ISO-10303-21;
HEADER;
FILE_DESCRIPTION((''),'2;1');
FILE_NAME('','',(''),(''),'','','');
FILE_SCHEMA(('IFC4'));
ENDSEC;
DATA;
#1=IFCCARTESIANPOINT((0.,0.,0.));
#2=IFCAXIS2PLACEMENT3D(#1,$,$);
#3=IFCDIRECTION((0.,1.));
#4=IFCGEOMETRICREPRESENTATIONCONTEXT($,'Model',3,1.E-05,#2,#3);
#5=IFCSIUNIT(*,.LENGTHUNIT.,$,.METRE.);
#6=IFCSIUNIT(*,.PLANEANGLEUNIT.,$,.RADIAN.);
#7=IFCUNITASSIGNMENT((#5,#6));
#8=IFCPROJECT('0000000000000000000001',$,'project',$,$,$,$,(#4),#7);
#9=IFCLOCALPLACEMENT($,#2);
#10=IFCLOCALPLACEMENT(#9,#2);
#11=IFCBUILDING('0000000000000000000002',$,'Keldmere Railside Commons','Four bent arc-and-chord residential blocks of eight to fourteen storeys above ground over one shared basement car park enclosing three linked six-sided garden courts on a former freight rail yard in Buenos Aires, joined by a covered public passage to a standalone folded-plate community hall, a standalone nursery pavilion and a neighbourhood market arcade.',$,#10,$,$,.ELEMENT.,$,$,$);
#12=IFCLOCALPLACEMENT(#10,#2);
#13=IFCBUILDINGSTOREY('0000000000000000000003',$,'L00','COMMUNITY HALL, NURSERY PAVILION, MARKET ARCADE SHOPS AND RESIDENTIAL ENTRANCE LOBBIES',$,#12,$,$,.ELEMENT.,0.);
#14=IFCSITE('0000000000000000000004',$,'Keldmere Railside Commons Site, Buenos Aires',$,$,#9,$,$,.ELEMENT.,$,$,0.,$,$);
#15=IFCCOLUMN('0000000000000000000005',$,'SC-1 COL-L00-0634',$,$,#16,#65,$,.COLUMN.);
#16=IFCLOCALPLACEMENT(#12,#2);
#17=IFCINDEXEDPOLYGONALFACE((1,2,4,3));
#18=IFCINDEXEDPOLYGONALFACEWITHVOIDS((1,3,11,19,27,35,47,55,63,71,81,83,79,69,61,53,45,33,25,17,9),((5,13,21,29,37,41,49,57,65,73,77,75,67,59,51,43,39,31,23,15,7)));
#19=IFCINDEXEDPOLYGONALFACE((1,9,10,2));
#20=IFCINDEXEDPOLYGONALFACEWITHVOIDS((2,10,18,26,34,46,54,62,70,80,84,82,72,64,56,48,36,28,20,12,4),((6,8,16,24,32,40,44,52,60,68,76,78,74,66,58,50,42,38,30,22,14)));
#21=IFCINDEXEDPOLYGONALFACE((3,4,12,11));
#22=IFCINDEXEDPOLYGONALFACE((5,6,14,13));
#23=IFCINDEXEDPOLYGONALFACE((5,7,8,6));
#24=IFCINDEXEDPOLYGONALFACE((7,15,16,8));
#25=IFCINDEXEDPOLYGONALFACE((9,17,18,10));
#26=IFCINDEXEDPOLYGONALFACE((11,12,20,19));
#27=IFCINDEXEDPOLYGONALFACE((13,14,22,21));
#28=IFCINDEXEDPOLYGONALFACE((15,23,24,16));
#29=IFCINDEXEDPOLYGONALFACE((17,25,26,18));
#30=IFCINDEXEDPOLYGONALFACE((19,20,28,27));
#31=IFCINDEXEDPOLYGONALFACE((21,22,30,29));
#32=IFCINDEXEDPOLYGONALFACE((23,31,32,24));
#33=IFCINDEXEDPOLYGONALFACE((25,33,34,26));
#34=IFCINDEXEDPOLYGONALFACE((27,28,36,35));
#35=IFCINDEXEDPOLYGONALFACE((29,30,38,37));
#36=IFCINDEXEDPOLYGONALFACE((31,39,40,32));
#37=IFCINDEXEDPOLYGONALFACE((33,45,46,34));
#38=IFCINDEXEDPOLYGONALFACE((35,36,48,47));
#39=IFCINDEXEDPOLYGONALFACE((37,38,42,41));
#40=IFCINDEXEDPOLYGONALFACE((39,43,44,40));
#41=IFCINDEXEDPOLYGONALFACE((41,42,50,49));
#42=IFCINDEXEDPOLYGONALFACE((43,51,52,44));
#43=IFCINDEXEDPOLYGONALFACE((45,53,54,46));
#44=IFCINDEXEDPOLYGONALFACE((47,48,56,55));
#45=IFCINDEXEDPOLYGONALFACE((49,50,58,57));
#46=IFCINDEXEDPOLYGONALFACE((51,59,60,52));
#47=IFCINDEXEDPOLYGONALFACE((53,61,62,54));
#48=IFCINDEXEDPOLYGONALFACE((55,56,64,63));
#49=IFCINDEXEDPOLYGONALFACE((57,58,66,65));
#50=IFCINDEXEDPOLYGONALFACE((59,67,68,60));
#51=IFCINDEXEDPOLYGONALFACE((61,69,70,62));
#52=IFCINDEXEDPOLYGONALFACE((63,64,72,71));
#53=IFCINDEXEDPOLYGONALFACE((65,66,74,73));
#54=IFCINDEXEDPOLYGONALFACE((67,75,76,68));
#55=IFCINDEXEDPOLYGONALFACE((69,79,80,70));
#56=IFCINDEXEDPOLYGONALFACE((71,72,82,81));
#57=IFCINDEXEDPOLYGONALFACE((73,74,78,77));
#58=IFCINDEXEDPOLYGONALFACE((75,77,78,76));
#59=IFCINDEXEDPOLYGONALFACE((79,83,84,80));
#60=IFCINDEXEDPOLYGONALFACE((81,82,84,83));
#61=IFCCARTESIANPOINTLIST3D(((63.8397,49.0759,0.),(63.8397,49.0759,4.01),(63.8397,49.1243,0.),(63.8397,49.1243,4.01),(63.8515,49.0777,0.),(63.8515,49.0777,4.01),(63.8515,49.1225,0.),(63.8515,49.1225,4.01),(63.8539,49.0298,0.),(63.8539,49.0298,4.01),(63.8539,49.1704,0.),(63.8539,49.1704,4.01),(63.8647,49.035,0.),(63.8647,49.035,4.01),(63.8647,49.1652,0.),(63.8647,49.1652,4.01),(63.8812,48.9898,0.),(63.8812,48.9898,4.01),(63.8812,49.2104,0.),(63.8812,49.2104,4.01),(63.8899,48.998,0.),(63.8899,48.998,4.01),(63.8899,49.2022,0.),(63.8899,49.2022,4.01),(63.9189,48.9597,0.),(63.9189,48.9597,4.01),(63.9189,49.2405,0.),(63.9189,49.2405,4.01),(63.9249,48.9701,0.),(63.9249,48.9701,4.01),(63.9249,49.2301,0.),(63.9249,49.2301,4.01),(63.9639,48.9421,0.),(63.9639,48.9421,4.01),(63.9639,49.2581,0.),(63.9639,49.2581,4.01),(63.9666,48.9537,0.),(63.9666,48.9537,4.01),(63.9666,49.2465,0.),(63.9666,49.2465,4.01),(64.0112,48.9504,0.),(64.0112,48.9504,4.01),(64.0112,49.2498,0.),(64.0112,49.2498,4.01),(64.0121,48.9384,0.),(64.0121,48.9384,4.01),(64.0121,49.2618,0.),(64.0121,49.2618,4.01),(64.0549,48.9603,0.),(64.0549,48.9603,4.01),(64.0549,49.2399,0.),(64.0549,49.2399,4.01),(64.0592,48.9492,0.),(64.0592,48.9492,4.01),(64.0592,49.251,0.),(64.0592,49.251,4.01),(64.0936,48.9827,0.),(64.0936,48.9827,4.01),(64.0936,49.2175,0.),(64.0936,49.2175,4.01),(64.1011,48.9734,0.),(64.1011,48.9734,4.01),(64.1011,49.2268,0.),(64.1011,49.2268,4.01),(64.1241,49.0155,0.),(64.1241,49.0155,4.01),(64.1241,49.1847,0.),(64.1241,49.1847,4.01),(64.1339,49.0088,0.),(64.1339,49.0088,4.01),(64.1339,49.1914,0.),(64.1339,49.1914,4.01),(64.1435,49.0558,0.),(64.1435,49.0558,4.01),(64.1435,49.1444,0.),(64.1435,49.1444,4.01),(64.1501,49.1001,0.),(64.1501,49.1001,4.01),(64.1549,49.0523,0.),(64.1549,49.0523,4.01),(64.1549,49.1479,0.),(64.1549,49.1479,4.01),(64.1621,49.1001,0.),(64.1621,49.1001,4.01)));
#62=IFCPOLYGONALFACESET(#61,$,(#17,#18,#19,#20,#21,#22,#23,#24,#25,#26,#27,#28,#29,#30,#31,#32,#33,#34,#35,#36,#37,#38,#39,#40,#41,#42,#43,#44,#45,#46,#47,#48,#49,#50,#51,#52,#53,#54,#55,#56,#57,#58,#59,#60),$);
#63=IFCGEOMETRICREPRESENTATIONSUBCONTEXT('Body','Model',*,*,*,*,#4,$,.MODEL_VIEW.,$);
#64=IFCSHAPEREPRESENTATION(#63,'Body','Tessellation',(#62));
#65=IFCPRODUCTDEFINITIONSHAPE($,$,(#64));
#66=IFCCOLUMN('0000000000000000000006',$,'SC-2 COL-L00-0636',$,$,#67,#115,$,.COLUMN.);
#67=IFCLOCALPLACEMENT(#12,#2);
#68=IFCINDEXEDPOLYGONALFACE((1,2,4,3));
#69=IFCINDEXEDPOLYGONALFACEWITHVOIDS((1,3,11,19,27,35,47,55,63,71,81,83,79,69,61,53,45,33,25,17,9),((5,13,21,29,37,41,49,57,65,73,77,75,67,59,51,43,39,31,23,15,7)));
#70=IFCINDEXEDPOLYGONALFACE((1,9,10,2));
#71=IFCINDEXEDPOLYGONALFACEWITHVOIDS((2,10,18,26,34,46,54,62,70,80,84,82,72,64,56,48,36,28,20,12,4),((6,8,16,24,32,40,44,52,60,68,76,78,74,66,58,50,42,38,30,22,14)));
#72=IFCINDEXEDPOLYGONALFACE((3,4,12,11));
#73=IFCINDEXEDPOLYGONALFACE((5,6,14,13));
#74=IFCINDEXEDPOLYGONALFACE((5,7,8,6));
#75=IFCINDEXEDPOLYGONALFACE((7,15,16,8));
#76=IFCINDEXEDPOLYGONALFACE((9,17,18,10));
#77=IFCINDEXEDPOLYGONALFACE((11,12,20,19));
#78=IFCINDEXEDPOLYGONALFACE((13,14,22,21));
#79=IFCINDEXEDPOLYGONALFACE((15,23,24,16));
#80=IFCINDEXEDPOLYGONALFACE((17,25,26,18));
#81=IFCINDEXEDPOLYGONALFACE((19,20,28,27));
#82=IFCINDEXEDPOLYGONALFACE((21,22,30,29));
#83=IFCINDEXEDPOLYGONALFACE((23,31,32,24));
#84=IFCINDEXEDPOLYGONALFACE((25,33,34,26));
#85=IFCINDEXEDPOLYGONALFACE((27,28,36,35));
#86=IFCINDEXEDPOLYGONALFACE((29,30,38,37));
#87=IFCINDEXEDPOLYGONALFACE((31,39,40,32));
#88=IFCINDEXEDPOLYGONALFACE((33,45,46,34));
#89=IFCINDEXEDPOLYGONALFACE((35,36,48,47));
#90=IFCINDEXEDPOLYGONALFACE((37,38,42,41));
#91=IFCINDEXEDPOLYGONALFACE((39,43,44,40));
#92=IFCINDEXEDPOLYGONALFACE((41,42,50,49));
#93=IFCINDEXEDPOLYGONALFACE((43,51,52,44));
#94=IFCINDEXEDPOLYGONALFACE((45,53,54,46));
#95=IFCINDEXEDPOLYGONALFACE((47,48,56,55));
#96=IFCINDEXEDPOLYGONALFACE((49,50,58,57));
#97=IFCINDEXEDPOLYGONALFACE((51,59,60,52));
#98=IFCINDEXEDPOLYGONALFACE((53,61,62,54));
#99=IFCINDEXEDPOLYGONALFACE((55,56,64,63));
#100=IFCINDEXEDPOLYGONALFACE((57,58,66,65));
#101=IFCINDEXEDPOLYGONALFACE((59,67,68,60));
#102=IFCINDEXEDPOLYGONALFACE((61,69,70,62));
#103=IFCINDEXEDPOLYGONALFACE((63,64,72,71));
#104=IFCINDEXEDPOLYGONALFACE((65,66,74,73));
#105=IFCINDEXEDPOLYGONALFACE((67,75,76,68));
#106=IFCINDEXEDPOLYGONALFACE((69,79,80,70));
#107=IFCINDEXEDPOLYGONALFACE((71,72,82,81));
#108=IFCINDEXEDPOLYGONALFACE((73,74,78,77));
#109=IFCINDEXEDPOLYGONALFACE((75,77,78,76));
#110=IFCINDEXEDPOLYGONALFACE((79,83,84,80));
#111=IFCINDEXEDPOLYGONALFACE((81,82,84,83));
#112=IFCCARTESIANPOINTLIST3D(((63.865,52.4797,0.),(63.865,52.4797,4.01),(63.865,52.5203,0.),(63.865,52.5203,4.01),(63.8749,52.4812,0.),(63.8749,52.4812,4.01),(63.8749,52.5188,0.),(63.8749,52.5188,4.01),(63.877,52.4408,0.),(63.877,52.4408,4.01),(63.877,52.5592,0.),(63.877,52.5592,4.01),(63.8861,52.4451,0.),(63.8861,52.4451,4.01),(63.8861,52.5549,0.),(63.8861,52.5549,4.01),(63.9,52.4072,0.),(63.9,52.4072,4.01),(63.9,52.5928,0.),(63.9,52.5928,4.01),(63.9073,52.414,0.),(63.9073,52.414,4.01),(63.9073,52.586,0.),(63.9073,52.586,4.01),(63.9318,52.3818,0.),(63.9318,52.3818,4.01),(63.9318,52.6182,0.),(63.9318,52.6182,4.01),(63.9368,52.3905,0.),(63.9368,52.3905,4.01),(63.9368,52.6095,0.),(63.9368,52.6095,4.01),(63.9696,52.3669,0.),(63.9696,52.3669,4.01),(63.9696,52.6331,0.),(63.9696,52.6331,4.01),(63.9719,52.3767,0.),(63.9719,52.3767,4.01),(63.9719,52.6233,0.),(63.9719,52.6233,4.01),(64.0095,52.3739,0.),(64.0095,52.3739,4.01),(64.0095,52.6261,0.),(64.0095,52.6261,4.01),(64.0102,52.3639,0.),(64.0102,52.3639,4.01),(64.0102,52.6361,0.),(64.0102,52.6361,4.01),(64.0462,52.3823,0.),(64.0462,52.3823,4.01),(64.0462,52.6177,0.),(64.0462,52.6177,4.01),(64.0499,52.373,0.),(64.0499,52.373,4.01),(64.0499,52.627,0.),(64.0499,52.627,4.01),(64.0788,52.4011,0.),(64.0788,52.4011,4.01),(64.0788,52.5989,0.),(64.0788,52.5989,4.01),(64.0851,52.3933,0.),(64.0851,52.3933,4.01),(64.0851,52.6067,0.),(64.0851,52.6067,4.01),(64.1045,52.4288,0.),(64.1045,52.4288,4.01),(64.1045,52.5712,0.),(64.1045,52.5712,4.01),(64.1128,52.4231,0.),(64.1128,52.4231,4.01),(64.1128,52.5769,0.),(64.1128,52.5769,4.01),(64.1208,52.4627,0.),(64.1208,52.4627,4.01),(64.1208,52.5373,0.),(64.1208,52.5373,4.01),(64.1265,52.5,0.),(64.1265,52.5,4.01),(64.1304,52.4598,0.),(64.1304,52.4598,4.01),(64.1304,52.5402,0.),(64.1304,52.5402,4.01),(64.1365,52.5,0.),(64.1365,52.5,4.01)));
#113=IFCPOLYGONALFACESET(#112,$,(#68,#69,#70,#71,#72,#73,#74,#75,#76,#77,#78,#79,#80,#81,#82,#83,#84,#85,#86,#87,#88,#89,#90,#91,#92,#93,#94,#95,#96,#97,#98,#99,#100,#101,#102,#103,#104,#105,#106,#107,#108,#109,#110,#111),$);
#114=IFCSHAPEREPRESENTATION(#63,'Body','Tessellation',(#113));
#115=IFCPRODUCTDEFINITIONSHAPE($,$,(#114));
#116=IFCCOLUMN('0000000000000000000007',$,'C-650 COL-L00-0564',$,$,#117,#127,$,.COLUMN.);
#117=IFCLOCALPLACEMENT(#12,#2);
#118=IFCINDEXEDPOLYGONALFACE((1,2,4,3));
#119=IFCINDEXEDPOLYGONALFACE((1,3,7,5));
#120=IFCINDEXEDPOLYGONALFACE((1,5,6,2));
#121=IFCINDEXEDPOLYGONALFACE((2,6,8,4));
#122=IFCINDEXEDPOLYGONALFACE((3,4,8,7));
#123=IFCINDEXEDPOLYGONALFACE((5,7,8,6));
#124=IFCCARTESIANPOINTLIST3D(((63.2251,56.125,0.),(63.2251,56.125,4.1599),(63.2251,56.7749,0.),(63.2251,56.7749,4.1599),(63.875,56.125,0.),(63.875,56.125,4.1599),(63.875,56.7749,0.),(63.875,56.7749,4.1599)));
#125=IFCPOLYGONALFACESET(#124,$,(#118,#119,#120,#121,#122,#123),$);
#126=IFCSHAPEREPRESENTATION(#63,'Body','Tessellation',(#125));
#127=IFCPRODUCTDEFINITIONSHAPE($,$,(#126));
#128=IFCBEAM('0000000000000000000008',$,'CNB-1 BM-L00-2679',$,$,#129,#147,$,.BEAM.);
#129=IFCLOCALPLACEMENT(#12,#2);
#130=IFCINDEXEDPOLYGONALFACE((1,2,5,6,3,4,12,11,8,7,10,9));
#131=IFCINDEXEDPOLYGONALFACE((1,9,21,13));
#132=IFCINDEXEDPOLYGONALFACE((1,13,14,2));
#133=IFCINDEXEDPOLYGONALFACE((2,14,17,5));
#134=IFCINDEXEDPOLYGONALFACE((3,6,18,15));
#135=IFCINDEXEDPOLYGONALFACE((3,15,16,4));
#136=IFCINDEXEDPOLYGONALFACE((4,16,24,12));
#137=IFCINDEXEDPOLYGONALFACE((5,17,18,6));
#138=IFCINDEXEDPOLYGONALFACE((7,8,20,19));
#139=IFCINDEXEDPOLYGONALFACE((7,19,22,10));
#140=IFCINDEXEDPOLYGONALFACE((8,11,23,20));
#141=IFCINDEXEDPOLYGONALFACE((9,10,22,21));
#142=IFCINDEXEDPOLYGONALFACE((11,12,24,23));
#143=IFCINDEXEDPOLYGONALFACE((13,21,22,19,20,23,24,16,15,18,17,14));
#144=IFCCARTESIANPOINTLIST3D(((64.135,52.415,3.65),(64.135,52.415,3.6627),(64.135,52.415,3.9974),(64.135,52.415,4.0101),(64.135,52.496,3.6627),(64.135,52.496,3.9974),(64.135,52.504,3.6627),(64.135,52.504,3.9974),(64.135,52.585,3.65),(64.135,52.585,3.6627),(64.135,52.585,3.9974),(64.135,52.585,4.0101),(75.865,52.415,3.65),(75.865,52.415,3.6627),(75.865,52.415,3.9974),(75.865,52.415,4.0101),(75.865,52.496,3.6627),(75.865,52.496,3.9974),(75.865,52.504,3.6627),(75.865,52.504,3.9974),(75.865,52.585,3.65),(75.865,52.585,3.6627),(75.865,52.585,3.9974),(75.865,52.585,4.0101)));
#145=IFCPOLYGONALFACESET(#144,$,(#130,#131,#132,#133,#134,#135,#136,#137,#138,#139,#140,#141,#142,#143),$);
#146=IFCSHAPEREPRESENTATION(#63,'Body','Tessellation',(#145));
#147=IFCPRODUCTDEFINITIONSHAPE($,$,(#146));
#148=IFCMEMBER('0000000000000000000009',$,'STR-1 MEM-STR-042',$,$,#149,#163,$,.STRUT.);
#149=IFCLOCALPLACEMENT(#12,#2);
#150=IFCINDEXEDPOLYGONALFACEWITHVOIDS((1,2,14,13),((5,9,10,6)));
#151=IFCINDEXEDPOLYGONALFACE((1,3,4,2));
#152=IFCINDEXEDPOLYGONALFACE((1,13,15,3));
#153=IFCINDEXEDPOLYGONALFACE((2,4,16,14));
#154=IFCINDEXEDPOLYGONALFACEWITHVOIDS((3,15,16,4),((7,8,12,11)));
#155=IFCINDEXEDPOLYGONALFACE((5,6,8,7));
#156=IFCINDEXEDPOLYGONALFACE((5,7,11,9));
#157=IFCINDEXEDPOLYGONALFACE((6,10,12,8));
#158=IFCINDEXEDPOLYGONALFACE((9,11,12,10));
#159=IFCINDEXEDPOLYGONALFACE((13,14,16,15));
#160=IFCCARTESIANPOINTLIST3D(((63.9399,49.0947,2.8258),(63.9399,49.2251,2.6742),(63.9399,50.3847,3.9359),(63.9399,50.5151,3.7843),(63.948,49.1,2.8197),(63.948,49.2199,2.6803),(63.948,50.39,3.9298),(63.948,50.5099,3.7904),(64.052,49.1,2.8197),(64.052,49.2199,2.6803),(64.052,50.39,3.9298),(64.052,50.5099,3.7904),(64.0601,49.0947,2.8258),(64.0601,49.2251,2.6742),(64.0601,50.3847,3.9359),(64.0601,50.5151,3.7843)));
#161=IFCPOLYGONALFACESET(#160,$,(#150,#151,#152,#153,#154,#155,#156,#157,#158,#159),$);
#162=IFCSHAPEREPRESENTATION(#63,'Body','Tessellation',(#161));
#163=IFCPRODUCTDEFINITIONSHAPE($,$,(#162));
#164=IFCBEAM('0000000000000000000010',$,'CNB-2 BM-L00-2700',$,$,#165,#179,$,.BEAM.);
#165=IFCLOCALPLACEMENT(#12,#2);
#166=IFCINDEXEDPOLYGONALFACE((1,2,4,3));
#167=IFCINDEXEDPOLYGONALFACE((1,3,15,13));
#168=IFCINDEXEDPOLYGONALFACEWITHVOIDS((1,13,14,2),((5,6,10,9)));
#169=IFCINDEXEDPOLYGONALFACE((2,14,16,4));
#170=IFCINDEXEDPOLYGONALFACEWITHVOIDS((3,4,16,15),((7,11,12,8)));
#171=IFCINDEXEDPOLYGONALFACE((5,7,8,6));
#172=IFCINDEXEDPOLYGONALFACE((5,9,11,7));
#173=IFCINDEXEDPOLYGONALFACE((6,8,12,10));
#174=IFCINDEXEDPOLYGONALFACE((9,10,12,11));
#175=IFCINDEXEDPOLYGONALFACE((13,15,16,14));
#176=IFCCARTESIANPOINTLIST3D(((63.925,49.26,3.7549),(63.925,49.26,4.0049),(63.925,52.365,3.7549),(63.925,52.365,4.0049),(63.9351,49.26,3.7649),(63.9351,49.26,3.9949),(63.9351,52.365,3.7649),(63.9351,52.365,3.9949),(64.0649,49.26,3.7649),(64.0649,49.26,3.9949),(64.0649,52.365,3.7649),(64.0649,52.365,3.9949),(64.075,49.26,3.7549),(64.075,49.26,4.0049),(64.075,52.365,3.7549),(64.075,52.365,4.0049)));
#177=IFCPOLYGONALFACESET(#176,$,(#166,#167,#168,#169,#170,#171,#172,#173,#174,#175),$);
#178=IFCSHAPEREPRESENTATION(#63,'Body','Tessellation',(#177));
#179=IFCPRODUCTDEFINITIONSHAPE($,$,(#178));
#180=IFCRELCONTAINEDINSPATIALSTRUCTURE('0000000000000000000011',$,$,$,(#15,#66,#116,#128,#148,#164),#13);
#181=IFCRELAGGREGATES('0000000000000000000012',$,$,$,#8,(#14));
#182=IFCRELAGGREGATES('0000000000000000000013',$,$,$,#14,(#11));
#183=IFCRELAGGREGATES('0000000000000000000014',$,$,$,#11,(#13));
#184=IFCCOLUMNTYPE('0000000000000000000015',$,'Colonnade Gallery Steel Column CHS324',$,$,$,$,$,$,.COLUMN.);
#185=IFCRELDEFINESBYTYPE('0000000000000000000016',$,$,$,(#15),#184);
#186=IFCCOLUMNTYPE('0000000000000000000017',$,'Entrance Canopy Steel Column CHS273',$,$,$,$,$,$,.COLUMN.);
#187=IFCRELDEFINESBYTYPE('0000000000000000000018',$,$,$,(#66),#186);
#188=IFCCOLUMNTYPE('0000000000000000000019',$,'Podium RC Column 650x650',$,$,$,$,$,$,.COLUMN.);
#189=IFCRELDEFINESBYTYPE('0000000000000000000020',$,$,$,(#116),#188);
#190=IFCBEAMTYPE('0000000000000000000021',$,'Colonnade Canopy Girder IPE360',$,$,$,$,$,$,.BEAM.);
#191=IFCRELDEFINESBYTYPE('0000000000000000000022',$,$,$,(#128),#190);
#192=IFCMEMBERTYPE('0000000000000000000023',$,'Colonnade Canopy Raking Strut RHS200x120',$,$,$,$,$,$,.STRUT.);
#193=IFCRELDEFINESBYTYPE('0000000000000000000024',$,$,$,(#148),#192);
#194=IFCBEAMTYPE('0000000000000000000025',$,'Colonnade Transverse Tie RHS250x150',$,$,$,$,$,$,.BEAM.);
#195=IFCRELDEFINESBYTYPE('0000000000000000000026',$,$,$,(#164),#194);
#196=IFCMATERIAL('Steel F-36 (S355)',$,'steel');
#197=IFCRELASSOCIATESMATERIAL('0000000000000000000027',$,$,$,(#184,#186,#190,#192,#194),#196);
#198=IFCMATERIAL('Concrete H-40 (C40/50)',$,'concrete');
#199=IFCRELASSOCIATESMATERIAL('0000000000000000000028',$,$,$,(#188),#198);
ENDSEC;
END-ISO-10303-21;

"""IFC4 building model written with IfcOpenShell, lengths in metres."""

from ifc_helpers import new_model, si_unit, direction, frame, origin, origin_2d, place, context, subcontext, project, spatial, rectangle, hollow_rectangle, hollow_circle, i_section, extrude, material, material_profile, profile_set, type_object, element, save


model = new_model("IFC4")

# Units and contexts
model_context = context("Model", 3, precision=1e-05, world=origin(), true_north=direction((0.0, 1.0)))
body_context = subcontext(model_context, "Body", "Model", "MODEL_VIEW")
ifc_project = project(units=[si_unit("LENGTHUNIT", "METRE"), si_unit("PLANEANGLEUNIT", "RADIAN")], contexts=[model_context])

# Site, building, storey
site_placement = place(None, origin())
site = spatial("IfcSite", under=ifc_project, at=site_placement, Name="Keldmere Railside Commons Site, Buenos Aires", CompositionType="ELEMENT", RefElevation=0.0)
building_placement = place(site_placement, origin())
building = spatial("IfcBuilding", under=site, at=building_placement, Name="Keldmere Railside Commons", Description="Four bent arc-and-chord residential blocks of eight to fourteen storeys above ground over one shared basement car park enclosing three linked six-sided garden courts on a former freight rail yard in Buenos Aires, joined by a covered public passage to a standalone folded-plate community hall, a standalone nursery pavilion and a neighbourhood market arcade.", CompositionType="ELEMENT")
storey_placement = place(building_placement, origin())
storey = spatial("IfcBuildingStorey", under=building, at=storey_placement, Name="L00", Description="COMMUNITY HALL, NURSERY PAVILION, MARKET ARCADE SHOPS AND RESIDENTIAL ENTRANCE LOBBIES", CompositionType="ELEMENT", Elevation=0.0)

# Columns
ifc_material_1 = material(Name="Steel F-36 (S355)", Category="steel")
ifc_material_profile_1 = material_profile(ifc_material_1, hollow_circle(Radius=0.1621, WallThickness=0.012, at=origin_2d()), Name="CHS-324x12")
ifc_profile_set_1 = profile_set([ifc_material_profile_1], Name="Steel F-36 (S355)")
column_type_1 = type_object("IfcColumnType", Name="Colonnade Gallery Steel Column CHS324", PredefinedType="COLUMN", material=ifc_profile_set_1)
column_1_placement = place(storey_placement, frame((64.0, 49.1001, 0.0), z_axis=(0.0, 0.0, 1.0), x_axis=(1.0, 0.0, 0.0)))
element("IfcColumn", 1, at=column_1_placement, inside=storey, type_object=column_type_1, Name="SC-1 COL-L00-0634", PredefinedType="COLUMN", context=body_context, shape_type="SweptSolid", body=[
    extrude(hollow_circle(Radius=0.1621, WallThickness=0.012, at=origin_2d()), origin(), (0.0, 0.0, 1.0), 4.01),
])
ifc_material_profile_2 = material_profile(ifc_material_1, hollow_circle(Radius=0.1365, WallThickness=0.01, at=origin_2d()), Name="CHS-273x10")
ifc_profile_set_2 = profile_set([ifc_material_profile_2], Name="Steel F-36 (S355)")
column_type_2 = type_object("IfcColumnType", Name="Entrance Canopy Steel Column CHS273", PredefinedType="COLUMN", material=ifc_profile_set_2)
column_2_placement = place(storey_placement, frame((64.0, 52.5, 0.0), z_axis=(0.0, 0.0, 1.0), x_axis=(1.0, 0.0, 0.0)))
element("IfcColumn", 2, at=column_2_placement, inside=storey, type_object=column_type_2, Name="SC-2 COL-L00-0636", PredefinedType="COLUMN", context=body_context, shape_type="SweptSolid", body=[
    extrude(hollow_circle(Radius=0.1365, WallThickness=0.01, at=origin_2d()), origin(), (0.0, 0.0, 1.0), 4.01),
])
ifc_material_2 = material(Name="Concrete H-40 (C40/50)", Category="concrete")
ifc_material_profile_3 = material_profile(ifc_material_2, rectangle(XDim=0.6499, YDim=0.6499, at=origin_2d()), Name="RC-650x650")
ifc_profile_set_3 = profile_set([ifc_material_profile_3], Name="Concrete H-40 (C40/50)")
column_type_3 = type_object("IfcColumnType", Name="Podium RC Column 650x650", PredefinedType="COLUMN", material=ifc_profile_set_3)
column_3_placement = place(storey_placement, frame((63.55, 56.45, 0.0), z_axis=(0.0, 0.0, 1.0), x_axis=(1.0, 0.0, 0.0)))
element("IfcColumn", 3, at=column_3_placement, inside=storey, type_object=column_type_3, Name="C-650 COL-L00-0564", PredefinedType="COLUMN", context=body_context, shape_type="SweptSolid", body=[
    extrude(rectangle(XDim=0.6499, YDim=0.6499, at=origin_2d()), origin(), (0.0, 0.0, 1.0), 4.1599),
])

# Beam
ifc_material_profile_4 = material_profile(ifc_material_1, i_section(OverallWidth=0.1699, OverallDepth=0.3601, WebThickness=0.0081, FlangeThickness=0.0127, at=origin_2d()), Name="IPE-360")
ifc_profile_set_4 = profile_set([ifc_material_profile_4], Name="Steel F-36 (S355)")
beam_type_1 = type_object("IfcBeamType", Name="Colonnade Canopy Girder IPE360", PredefinedType="BEAM", material=ifc_profile_set_4)
beam_1_placement = place(storey_placement, frame((64.135, 52.5, 3.8301), z_axis=(1.0, 0.0, 0.0), x_axis=(0.0, 1.0, 0.0)))
element("IfcBeam", 4, at=beam_1_placement, inside=storey, type_object=beam_type_1, Name="CNB-1 BM-L00-2679", PredefinedType="BEAM", context=body_context, shape_type="SweptSolid", body=[
    extrude(i_section(OverallWidth=0.1699, OverallDepth=0.3601, WebThickness=0.0081, FlangeThickness=0.0127, at=origin_2d()), origin(), (0.0, 0.0, 1.0), 11.73),
])

# Member
ifc_material_profile_5 = material_profile(ifc_material_1, hollow_rectangle(XDim=0.1201, YDim=0.2, WallThickness=0.0081, at=origin_2d()), Name="RHS-200x120x8")
ifc_profile_set_5 = profile_set([ifc_material_profile_5], Name="Steel F-36 (S355)")
member_type = type_object("IfcMemberType", Name="Colonnade Canopy Raking Strut RHS200x120", PredefinedType="STRUT", material=ifc_profile_set_5)
member_placement = place(storey_placement, frame((64.0, 49.1599, 2.75), z_axis=(0.0, 0.757989, 0.652267), x_axis=(-1.0, 0.0, 0.0)))
element("IfcMember", 5, at=member_placement, inside=storey, type_object=member_type, Name="STR-1 MEM-STR-042", PredefinedType="STRUT", context=body_context, shape_type="SweptSolid", body=[
    extrude(hollow_rectangle(XDim=0.1201, YDim=0.2, WallThickness=0.0081, at=origin_2d()), origin(), (0.0, 0.0, 1.0), 1.7019),
])

# Beam
ifc_material_profile_6 = material_profile(ifc_material_1, hollow_rectangle(XDim=0.1499, YDim=0.25, WallThickness=0.01, at=origin_2d()), Name="RHS-250x150x10")
ifc_profile_set_6 = profile_set([ifc_material_profile_6], Name="Steel F-36 (S355)")
beam_type_2 = type_object("IfcBeamType", Name="Colonnade Transverse Tie RHS250x150", PredefinedType="BEAM", material=ifc_profile_set_6)
beam_2_placement = place(storey_placement, frame((64.0, 49.26, 3.8799), z_axis=(0.0, 1.0, 0.0), x_axis=(-1.0, 0.0, 0.0)))
element("IfcBeam", 6, at=beam_2_placement, inside=storey, type_object=beam_type_2, Name="CNB-2 BM-L00-2700", PredefinedType="BEAM", context=body_context, shape_type="SweptSolid", body=[
    extrude(hollow_rectangle(XDim=0.1499, YDim=0.25, WallThickness=0.01, at=origin_2d()), origin(), (0.0, 0.0, 1.0), 3.105),
])

save(model, "model.ifc")
